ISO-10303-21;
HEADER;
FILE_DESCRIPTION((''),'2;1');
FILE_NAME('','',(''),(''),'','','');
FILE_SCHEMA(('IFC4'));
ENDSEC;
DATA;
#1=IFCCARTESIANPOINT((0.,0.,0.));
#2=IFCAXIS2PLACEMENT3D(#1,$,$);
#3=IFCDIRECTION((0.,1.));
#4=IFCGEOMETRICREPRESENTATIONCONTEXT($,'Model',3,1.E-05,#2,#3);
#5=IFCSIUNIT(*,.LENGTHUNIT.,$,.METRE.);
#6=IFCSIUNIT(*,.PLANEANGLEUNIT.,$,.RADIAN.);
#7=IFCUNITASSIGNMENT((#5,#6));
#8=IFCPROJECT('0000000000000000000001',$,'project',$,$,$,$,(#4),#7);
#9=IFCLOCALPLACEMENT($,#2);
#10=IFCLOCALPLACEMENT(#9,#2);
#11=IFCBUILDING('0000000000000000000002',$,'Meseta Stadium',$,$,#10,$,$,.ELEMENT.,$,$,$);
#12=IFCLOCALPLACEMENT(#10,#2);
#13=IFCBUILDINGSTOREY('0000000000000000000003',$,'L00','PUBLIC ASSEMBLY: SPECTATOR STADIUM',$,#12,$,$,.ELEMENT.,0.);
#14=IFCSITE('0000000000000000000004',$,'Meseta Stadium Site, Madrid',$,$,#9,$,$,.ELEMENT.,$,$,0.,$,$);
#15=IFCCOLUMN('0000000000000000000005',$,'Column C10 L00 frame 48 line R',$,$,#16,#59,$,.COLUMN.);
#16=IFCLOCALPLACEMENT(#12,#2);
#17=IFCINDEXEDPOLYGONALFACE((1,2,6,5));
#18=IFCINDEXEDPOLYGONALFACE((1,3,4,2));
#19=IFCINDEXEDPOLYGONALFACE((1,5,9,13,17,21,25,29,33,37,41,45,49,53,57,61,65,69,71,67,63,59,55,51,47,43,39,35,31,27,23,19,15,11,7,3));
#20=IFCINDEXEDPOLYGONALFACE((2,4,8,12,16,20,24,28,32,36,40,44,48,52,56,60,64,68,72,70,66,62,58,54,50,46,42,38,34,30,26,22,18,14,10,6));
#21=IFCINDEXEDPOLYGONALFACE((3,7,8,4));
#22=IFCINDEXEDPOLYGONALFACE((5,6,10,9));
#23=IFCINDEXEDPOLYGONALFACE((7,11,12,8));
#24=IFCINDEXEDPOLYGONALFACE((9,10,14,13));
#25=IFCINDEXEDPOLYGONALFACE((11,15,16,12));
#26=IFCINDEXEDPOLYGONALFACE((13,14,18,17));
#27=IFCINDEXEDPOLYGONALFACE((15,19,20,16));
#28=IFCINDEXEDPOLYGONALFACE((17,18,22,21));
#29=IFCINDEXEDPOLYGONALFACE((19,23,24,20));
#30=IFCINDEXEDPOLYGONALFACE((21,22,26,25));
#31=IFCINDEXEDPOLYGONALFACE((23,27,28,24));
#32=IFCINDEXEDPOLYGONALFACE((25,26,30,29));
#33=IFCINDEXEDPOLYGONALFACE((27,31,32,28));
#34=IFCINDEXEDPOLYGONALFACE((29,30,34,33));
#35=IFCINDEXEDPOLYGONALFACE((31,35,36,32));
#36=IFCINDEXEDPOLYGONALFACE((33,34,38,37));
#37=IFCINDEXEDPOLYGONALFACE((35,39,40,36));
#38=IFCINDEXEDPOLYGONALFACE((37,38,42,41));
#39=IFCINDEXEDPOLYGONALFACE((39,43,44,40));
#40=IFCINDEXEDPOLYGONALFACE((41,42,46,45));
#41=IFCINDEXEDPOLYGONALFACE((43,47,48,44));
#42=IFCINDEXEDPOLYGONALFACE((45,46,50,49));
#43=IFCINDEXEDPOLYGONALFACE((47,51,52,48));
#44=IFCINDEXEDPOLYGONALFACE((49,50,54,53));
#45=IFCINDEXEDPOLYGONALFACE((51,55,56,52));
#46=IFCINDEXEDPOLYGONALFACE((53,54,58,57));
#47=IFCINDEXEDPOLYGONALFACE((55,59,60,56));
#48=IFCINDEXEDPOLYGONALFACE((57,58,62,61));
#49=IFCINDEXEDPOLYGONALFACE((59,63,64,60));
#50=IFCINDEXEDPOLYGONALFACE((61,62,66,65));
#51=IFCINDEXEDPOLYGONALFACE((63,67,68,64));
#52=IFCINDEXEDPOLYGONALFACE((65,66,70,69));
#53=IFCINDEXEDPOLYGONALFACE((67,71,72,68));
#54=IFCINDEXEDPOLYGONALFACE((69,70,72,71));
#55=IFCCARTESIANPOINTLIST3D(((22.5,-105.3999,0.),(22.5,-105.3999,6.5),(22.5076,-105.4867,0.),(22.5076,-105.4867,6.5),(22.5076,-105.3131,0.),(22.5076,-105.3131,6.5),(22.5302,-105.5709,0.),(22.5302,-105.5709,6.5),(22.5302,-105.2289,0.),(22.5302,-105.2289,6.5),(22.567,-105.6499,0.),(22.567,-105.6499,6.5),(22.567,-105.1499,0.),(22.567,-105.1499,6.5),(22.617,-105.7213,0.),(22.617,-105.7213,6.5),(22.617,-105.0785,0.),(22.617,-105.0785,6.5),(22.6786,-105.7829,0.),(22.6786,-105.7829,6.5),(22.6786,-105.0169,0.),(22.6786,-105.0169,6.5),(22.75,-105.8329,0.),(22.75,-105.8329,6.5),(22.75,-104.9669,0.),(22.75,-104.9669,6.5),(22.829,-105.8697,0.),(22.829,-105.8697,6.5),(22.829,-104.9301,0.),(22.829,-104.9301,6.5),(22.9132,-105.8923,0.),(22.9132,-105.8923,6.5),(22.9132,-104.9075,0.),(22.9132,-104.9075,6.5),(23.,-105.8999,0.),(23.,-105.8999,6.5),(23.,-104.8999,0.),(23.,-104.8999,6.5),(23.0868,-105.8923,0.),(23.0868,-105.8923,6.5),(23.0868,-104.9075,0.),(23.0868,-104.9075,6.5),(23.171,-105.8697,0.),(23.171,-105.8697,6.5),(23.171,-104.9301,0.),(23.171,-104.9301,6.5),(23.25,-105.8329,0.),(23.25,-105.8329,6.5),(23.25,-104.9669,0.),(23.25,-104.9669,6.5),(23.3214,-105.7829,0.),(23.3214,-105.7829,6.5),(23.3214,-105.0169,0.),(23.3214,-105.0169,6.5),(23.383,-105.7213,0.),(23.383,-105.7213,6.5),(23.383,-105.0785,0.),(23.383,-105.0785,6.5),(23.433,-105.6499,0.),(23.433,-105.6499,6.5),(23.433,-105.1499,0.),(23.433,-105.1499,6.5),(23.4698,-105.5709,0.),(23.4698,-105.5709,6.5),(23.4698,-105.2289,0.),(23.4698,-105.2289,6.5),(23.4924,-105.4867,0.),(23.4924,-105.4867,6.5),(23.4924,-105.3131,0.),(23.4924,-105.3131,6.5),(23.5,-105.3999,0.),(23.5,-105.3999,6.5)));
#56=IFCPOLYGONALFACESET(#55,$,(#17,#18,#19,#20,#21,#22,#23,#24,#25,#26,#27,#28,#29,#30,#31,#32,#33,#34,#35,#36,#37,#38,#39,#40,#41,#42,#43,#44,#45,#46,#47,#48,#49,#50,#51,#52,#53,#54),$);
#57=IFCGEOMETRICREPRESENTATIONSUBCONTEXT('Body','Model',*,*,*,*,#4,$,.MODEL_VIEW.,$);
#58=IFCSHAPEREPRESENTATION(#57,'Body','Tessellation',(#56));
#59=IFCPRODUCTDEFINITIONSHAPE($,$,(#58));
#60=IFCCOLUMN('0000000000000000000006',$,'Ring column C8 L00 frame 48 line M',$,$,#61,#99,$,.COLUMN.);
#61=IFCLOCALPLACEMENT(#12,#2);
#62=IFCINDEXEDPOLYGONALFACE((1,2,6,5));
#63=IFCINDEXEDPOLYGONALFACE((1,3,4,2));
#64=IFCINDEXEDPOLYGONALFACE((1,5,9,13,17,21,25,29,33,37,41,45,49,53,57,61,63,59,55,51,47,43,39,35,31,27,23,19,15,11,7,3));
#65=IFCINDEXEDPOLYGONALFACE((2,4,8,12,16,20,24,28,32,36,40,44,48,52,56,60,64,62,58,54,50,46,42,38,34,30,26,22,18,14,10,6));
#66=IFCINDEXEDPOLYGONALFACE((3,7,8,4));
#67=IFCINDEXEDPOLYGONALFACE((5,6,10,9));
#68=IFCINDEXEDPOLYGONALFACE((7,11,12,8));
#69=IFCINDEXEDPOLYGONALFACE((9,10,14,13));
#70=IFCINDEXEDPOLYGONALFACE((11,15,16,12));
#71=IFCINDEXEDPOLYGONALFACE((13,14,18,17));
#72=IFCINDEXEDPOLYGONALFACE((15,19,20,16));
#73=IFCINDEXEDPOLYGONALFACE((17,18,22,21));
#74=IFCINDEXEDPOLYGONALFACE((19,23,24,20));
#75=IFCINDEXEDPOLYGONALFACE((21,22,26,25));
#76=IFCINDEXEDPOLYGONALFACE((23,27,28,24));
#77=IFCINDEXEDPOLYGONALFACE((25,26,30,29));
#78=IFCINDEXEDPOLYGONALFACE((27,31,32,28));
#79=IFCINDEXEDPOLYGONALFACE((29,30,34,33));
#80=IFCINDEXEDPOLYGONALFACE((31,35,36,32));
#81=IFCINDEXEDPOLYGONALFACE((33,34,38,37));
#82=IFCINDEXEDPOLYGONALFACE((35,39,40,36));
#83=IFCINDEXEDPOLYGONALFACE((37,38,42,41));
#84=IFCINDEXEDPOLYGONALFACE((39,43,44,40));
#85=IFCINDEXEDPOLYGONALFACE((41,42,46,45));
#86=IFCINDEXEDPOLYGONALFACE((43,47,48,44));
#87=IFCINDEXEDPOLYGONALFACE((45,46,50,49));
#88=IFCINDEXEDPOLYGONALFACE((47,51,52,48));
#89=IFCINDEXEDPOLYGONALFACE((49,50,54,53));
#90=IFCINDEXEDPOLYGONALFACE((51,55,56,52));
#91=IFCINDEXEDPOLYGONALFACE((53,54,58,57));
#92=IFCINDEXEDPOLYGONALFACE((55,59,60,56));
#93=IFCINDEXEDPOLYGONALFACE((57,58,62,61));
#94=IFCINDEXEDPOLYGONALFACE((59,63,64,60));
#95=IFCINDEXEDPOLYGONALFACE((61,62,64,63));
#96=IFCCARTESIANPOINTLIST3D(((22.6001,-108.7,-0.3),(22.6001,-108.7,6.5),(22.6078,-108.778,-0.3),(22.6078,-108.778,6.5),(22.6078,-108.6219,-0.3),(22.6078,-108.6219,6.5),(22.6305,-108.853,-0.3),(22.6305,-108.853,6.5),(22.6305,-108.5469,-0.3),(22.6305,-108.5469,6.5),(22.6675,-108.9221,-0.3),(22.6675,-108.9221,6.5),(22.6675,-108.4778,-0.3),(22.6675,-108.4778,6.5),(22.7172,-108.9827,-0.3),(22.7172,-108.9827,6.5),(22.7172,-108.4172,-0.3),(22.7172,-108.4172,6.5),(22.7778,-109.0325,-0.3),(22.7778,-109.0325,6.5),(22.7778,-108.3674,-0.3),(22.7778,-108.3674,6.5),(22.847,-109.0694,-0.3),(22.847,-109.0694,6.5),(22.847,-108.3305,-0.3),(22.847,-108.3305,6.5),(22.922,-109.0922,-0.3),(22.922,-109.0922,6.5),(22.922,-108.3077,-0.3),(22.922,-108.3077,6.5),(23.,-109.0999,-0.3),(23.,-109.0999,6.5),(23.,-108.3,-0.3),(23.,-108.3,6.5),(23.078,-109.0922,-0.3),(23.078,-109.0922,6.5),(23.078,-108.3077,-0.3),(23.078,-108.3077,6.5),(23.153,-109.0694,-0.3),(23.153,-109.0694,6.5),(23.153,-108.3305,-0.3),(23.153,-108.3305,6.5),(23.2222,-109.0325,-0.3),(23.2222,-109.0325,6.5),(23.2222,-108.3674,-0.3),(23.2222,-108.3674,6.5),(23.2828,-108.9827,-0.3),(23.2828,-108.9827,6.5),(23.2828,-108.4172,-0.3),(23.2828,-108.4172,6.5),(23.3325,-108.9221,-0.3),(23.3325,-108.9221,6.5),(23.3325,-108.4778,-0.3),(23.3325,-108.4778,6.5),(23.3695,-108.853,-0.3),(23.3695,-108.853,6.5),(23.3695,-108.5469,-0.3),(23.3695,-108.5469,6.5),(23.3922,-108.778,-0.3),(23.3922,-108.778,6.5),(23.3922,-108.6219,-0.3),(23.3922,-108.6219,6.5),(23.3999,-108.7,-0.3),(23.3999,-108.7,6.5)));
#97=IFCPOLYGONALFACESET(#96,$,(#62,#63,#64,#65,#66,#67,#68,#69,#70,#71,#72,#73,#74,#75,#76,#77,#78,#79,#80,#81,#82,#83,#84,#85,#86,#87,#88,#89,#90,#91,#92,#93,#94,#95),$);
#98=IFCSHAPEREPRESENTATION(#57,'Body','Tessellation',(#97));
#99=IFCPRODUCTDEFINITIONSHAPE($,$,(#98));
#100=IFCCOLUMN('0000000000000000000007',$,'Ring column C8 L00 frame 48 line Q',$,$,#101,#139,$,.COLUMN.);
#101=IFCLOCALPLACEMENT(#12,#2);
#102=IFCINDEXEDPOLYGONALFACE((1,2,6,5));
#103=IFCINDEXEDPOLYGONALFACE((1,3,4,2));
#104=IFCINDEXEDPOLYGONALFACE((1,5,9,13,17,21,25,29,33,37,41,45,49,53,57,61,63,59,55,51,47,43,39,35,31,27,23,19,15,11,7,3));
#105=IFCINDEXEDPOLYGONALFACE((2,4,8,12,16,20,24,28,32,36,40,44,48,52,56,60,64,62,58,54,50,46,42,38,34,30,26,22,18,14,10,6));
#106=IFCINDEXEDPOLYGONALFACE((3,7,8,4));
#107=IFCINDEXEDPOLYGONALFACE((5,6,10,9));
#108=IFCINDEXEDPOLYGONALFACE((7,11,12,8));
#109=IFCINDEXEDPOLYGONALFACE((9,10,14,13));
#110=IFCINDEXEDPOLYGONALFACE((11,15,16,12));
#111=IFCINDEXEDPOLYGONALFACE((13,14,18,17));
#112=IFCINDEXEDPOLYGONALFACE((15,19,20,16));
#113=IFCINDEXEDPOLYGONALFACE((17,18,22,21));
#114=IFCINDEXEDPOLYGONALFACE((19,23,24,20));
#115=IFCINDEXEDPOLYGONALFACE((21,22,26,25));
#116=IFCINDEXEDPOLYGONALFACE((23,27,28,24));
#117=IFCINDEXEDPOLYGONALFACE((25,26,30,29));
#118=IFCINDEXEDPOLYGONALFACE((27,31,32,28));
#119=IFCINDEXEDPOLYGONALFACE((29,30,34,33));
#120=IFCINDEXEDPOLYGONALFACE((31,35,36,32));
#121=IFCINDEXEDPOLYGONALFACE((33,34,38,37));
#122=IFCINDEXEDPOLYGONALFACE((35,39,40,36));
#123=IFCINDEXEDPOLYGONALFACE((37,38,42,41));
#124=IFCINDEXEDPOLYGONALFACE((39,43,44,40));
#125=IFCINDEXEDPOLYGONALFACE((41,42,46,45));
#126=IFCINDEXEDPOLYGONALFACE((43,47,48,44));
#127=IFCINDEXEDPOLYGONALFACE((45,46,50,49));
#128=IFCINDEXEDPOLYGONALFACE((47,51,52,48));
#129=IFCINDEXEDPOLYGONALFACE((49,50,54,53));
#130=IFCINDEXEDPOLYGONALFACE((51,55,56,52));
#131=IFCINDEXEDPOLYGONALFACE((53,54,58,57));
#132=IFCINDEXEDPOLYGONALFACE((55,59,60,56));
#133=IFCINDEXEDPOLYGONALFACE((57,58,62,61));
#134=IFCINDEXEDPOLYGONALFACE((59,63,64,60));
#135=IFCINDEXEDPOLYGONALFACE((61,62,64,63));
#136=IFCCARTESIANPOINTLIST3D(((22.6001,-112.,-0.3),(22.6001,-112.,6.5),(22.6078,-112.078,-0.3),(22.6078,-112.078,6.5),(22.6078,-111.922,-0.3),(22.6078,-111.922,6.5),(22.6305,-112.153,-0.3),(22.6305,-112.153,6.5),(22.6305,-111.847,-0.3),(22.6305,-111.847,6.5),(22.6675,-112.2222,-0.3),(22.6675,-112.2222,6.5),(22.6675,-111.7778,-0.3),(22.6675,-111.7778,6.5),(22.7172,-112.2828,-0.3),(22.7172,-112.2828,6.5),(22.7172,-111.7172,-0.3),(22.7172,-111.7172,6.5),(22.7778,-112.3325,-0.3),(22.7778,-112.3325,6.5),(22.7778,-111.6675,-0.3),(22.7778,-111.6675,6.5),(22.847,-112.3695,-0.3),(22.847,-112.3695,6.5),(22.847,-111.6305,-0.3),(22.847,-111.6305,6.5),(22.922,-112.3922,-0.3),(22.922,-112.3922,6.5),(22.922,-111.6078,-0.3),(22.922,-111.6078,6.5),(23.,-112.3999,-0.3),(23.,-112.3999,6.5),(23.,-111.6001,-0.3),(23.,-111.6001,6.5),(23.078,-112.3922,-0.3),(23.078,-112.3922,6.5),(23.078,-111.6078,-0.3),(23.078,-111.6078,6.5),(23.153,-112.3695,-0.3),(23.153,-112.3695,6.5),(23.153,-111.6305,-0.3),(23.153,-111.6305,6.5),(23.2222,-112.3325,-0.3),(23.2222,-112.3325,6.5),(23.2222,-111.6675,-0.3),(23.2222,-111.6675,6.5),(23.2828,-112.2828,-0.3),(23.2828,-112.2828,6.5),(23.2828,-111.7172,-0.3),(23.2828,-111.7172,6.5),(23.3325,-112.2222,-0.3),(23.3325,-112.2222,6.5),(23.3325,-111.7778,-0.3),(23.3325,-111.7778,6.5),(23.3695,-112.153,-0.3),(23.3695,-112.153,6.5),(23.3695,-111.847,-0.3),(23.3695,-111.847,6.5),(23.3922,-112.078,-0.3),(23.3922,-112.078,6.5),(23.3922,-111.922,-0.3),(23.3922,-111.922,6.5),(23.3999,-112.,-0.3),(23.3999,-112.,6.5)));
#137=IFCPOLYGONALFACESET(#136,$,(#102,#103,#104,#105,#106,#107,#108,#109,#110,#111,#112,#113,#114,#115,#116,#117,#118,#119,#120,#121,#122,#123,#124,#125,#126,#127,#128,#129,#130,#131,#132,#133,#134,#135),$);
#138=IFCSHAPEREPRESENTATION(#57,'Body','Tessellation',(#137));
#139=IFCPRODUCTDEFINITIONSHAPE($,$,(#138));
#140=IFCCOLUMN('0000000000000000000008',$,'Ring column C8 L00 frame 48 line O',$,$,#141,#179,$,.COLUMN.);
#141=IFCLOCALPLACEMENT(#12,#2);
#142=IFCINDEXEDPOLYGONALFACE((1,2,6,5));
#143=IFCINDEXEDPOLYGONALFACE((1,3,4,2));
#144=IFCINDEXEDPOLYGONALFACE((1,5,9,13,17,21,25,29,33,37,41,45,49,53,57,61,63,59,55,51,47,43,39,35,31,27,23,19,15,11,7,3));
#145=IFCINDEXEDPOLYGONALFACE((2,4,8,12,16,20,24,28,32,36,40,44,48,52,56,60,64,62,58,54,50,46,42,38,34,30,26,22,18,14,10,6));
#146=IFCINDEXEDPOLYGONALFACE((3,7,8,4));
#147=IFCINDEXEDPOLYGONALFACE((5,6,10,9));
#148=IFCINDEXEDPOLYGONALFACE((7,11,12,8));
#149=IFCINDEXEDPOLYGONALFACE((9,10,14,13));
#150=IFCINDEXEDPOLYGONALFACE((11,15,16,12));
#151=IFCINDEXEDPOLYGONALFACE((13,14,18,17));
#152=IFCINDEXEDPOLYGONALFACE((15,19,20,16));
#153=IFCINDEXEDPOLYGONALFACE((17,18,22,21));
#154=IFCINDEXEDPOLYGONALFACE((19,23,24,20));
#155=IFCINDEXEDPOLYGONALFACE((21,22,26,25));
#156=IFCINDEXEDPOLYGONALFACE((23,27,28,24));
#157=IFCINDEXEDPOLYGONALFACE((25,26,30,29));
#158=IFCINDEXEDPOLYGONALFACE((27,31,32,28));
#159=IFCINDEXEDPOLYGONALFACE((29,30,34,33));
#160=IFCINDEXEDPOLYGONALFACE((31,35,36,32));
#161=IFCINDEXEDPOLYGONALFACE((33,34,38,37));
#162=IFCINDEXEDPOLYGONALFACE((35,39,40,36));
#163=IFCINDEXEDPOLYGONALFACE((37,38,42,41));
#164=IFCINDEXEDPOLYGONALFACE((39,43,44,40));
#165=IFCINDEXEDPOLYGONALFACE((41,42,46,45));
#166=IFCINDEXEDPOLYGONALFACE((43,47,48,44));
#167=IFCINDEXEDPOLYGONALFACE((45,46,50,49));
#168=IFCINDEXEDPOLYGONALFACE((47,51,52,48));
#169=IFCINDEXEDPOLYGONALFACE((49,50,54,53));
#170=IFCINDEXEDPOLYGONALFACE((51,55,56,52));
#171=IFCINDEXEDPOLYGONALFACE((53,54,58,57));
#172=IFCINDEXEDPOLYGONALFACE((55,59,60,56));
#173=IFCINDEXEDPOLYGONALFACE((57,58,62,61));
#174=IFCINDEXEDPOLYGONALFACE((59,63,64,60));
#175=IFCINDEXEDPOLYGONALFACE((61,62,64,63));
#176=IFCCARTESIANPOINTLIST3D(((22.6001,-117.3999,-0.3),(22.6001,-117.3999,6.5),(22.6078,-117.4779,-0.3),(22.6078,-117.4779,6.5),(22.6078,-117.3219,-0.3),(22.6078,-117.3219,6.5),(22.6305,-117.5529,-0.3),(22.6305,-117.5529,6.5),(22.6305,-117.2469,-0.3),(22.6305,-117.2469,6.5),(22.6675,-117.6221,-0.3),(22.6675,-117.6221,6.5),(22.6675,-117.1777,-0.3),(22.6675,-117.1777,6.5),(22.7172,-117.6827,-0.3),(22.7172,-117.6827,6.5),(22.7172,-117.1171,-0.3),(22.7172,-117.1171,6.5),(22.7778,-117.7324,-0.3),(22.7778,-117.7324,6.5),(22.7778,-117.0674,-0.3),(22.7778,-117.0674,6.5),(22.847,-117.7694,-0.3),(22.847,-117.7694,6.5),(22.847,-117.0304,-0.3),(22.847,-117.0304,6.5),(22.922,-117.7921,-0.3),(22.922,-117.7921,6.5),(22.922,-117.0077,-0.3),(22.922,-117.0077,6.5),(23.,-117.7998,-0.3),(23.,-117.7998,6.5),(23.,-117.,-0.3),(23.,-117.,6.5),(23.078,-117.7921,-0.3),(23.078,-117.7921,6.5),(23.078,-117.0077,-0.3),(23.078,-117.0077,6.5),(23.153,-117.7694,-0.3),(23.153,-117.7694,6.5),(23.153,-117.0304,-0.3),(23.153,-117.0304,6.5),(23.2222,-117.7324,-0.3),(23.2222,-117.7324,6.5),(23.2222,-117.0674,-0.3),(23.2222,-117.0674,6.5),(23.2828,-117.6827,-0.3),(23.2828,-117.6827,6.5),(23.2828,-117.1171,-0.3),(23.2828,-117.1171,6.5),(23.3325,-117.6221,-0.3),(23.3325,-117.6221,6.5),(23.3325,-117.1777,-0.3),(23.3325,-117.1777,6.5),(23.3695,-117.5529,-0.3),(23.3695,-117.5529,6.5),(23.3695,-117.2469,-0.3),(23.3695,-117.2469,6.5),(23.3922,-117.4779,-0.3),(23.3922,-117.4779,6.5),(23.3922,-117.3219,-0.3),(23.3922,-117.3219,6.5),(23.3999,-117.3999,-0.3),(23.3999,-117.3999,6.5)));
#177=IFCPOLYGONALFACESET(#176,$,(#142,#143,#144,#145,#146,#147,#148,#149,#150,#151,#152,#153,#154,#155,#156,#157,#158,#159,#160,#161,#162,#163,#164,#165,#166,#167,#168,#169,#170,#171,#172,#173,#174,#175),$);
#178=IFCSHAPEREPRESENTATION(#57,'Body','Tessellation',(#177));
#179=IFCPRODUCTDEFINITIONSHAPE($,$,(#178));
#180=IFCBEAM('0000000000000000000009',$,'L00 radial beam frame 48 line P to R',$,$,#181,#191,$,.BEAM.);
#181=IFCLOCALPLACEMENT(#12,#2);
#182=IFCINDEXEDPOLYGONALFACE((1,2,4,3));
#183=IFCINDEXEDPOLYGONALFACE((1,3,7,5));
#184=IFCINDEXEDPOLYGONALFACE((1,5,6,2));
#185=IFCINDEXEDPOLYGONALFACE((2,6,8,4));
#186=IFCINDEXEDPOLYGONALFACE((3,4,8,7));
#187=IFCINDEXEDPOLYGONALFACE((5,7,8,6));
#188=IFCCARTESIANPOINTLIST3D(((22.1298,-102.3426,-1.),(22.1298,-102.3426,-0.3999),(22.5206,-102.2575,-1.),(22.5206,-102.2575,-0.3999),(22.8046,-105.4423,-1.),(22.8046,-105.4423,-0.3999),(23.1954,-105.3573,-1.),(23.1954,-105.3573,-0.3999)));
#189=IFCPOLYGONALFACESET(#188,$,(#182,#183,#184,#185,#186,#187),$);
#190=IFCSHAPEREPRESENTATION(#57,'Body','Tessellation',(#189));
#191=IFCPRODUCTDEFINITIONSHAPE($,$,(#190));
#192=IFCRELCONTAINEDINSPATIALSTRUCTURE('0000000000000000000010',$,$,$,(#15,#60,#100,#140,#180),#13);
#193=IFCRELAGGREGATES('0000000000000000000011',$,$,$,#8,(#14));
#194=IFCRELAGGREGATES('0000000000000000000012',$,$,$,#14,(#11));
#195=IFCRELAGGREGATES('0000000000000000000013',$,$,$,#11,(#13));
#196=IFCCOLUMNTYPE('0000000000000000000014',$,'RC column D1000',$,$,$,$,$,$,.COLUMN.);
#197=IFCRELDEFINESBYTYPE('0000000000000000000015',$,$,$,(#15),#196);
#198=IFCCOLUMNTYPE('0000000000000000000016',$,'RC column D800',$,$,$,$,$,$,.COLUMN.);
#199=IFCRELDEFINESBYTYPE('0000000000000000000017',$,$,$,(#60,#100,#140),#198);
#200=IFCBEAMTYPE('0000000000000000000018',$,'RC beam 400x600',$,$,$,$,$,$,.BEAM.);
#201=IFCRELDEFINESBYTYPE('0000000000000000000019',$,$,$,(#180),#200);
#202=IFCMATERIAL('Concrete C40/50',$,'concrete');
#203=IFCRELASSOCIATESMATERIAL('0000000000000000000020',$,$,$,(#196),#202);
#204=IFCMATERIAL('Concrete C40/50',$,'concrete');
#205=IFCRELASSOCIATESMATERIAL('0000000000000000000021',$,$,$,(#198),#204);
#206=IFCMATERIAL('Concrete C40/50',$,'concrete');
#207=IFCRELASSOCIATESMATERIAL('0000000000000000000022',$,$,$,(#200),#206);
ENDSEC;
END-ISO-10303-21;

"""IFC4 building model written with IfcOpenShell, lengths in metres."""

from ifc_helpers import new_model, si_unit, direction, frame, origin, origin_2d, place, context, subcontext, project, spatial, rectangle, circle, extrude, material, material_profile, profile_set, type_object, element, save


model = new_model("IFC4")

# Units and contexts
model_context = context("Model", 3, precision=1e-05, world=origin(), true_north=direction((0.0, 1.0)))
body_context = subcontext(model_context, "Body", "Model", "MODEL_VIEW")
ifc_project = project(units=[si_unit("LENGTHUNIT", "METRE"), si_unit("PLANEANGLEUNIT", "RADIAN")], contexts=[model_context])

# Site, building, storey
site_placement = place(None, origin())
site = spatial("IfcSite", under=ifc_project, at=site_placement, Name="Meseta Stadium Site, Madrid", CompositionType="ELEMENT", RefElevation=0.0)
building_placement = place(site_placement, origin())
building = spatial("IfcBuilding", under=site, at=building_placement, Name="Meseta Stadium", CompositionType="ELEMENT")
storey_placement = place(building_placement, origin())
storey = spatial("IfcBuildingStorey", under=building, at=storey_placement, Name="L00", Description="PUBLIC ASSEMBLY: SPECTATOR STADIUM", CompositionType="ELEMENT", Elevation=0.0)

# Columns
ifc_material_1 = material(Name="Concrete C40/50", Category="concrete")
ifc_material_profile_1 = material_profile(ifc_material_1, circle(Radius=0.5, at=origin_2d()), Name="RC D1000")
ifc_profile_set_1 = profile_set([ifc_material_profile_1], Name="Concrete C40/50")
column_type_1 = type_object("IfcColumnType", Name="RC column D1000", PredefinedType="COLUMN", material=ifc_profile_set_1)
column_placement = place(storey_placement, frame((23.0, -105.3999, 0.0), z_axis=(0.0, 0.0, 1.0), x_axis=(1.0, 0.0, 0.0)))
element("IfcColumn", 1, at=column_placement, inside=storey, type_object=column_type_1, Name="Column C10 L00 frame 48 line R", PredefinedType="COLUMN", context=body_context, shape_type="SweptSolid", body=[
    extrude(circle(Radius=0.5, at=origin_2d()), origin(), (0.0, 0.0, 1.0), 6.5),
])
ifc_material_2 = material(Name="Concrete C40/50", Category="concrete")
ifc_material_profile_2 = material_profile(ifc_material_2, circle(Radius=0.3999, at=origin_2d()), Name="RC D800")
ifc_profile_set_2 = profile_set([ifc_material_profile_2], Name="Concrete C40/50")
column_type_2 = type_object("IfcColumnType", Name="RC column D800", PredefinedType="COLUMN", material=ifc_profile_set_2)
for number, where, z_axis, x_axis, name in (
    (2, (23.0, -108.7, -0.3), (0.0, 0.0, 1.0), (1.0, 0.0, 0.0), "Ring column C8 L00 frame 48 line M"),
    (3, (23.0, -112.0, -0.3), (0.0, 0.0, 1.0), (1.0, 0.0, 0.0), "Ring column C8 L00 frame 48 line Q"),
    (4, (23.0, -117.3999, -0.3), (0.0, 0.0, 1.0), (1.0, 0.0, 0.0), "Ring column C8 L00 frame 48 line O"),
):
    element("IfcColumn", number, at=place(storey_placement, frame(where, z_axis=z_axis, x_axis=x_axis)), inside=storey, type_object=column_type_2, Name=name, PredefinedType="COLUMN", context=body_context, shape_type="SweptSolid", body=[
        extrude(circle(Radius=0.3999, at=origin_2d()), origin(), (0.0, 0.0, 1.0), 6.8),
    ])

# Beam
ifc_material_3 = material(Name="Concrete C40/50", Category="concrete")
ifc_material_profile_3 = material_profile(ifc_material_3, rectangle(XDim=0.3999, YDim=0.6001, at=origin_2d()), Name="RC 400x600")
ifc_profile_set_3 = profile_set([ifc_material_profile_3], Name="Concrete C40/50")
beam_type_1 = type_object("IfcBeamType", Name="RC beam 400x600", PredefinedType="BEAM", material=ifc_profile_set_3)
beam_1_placement = place(storey_placement, frame((22.3252, -102.3, -0.7), z_axis=(0.212708, -0.977116, 0.0), x_axis=(0.977116, 0.212708, 0.0)))
element("IfcBeam", 5, at=beam_1_placement, inside=storey, type_object=beam_type_1, Name="L00 radial beam frame 48 line P to R", PredefinedType="BEAM", context=body_context, shape_type="SweptSolid", body=[
    extrude(rectangle(XDim=0.3999, YDim=0.6001, at=origin_2d()), origin(), (0.0, 0.0, 1.0), 3.1724),
])

save(model, "model.ifc")
